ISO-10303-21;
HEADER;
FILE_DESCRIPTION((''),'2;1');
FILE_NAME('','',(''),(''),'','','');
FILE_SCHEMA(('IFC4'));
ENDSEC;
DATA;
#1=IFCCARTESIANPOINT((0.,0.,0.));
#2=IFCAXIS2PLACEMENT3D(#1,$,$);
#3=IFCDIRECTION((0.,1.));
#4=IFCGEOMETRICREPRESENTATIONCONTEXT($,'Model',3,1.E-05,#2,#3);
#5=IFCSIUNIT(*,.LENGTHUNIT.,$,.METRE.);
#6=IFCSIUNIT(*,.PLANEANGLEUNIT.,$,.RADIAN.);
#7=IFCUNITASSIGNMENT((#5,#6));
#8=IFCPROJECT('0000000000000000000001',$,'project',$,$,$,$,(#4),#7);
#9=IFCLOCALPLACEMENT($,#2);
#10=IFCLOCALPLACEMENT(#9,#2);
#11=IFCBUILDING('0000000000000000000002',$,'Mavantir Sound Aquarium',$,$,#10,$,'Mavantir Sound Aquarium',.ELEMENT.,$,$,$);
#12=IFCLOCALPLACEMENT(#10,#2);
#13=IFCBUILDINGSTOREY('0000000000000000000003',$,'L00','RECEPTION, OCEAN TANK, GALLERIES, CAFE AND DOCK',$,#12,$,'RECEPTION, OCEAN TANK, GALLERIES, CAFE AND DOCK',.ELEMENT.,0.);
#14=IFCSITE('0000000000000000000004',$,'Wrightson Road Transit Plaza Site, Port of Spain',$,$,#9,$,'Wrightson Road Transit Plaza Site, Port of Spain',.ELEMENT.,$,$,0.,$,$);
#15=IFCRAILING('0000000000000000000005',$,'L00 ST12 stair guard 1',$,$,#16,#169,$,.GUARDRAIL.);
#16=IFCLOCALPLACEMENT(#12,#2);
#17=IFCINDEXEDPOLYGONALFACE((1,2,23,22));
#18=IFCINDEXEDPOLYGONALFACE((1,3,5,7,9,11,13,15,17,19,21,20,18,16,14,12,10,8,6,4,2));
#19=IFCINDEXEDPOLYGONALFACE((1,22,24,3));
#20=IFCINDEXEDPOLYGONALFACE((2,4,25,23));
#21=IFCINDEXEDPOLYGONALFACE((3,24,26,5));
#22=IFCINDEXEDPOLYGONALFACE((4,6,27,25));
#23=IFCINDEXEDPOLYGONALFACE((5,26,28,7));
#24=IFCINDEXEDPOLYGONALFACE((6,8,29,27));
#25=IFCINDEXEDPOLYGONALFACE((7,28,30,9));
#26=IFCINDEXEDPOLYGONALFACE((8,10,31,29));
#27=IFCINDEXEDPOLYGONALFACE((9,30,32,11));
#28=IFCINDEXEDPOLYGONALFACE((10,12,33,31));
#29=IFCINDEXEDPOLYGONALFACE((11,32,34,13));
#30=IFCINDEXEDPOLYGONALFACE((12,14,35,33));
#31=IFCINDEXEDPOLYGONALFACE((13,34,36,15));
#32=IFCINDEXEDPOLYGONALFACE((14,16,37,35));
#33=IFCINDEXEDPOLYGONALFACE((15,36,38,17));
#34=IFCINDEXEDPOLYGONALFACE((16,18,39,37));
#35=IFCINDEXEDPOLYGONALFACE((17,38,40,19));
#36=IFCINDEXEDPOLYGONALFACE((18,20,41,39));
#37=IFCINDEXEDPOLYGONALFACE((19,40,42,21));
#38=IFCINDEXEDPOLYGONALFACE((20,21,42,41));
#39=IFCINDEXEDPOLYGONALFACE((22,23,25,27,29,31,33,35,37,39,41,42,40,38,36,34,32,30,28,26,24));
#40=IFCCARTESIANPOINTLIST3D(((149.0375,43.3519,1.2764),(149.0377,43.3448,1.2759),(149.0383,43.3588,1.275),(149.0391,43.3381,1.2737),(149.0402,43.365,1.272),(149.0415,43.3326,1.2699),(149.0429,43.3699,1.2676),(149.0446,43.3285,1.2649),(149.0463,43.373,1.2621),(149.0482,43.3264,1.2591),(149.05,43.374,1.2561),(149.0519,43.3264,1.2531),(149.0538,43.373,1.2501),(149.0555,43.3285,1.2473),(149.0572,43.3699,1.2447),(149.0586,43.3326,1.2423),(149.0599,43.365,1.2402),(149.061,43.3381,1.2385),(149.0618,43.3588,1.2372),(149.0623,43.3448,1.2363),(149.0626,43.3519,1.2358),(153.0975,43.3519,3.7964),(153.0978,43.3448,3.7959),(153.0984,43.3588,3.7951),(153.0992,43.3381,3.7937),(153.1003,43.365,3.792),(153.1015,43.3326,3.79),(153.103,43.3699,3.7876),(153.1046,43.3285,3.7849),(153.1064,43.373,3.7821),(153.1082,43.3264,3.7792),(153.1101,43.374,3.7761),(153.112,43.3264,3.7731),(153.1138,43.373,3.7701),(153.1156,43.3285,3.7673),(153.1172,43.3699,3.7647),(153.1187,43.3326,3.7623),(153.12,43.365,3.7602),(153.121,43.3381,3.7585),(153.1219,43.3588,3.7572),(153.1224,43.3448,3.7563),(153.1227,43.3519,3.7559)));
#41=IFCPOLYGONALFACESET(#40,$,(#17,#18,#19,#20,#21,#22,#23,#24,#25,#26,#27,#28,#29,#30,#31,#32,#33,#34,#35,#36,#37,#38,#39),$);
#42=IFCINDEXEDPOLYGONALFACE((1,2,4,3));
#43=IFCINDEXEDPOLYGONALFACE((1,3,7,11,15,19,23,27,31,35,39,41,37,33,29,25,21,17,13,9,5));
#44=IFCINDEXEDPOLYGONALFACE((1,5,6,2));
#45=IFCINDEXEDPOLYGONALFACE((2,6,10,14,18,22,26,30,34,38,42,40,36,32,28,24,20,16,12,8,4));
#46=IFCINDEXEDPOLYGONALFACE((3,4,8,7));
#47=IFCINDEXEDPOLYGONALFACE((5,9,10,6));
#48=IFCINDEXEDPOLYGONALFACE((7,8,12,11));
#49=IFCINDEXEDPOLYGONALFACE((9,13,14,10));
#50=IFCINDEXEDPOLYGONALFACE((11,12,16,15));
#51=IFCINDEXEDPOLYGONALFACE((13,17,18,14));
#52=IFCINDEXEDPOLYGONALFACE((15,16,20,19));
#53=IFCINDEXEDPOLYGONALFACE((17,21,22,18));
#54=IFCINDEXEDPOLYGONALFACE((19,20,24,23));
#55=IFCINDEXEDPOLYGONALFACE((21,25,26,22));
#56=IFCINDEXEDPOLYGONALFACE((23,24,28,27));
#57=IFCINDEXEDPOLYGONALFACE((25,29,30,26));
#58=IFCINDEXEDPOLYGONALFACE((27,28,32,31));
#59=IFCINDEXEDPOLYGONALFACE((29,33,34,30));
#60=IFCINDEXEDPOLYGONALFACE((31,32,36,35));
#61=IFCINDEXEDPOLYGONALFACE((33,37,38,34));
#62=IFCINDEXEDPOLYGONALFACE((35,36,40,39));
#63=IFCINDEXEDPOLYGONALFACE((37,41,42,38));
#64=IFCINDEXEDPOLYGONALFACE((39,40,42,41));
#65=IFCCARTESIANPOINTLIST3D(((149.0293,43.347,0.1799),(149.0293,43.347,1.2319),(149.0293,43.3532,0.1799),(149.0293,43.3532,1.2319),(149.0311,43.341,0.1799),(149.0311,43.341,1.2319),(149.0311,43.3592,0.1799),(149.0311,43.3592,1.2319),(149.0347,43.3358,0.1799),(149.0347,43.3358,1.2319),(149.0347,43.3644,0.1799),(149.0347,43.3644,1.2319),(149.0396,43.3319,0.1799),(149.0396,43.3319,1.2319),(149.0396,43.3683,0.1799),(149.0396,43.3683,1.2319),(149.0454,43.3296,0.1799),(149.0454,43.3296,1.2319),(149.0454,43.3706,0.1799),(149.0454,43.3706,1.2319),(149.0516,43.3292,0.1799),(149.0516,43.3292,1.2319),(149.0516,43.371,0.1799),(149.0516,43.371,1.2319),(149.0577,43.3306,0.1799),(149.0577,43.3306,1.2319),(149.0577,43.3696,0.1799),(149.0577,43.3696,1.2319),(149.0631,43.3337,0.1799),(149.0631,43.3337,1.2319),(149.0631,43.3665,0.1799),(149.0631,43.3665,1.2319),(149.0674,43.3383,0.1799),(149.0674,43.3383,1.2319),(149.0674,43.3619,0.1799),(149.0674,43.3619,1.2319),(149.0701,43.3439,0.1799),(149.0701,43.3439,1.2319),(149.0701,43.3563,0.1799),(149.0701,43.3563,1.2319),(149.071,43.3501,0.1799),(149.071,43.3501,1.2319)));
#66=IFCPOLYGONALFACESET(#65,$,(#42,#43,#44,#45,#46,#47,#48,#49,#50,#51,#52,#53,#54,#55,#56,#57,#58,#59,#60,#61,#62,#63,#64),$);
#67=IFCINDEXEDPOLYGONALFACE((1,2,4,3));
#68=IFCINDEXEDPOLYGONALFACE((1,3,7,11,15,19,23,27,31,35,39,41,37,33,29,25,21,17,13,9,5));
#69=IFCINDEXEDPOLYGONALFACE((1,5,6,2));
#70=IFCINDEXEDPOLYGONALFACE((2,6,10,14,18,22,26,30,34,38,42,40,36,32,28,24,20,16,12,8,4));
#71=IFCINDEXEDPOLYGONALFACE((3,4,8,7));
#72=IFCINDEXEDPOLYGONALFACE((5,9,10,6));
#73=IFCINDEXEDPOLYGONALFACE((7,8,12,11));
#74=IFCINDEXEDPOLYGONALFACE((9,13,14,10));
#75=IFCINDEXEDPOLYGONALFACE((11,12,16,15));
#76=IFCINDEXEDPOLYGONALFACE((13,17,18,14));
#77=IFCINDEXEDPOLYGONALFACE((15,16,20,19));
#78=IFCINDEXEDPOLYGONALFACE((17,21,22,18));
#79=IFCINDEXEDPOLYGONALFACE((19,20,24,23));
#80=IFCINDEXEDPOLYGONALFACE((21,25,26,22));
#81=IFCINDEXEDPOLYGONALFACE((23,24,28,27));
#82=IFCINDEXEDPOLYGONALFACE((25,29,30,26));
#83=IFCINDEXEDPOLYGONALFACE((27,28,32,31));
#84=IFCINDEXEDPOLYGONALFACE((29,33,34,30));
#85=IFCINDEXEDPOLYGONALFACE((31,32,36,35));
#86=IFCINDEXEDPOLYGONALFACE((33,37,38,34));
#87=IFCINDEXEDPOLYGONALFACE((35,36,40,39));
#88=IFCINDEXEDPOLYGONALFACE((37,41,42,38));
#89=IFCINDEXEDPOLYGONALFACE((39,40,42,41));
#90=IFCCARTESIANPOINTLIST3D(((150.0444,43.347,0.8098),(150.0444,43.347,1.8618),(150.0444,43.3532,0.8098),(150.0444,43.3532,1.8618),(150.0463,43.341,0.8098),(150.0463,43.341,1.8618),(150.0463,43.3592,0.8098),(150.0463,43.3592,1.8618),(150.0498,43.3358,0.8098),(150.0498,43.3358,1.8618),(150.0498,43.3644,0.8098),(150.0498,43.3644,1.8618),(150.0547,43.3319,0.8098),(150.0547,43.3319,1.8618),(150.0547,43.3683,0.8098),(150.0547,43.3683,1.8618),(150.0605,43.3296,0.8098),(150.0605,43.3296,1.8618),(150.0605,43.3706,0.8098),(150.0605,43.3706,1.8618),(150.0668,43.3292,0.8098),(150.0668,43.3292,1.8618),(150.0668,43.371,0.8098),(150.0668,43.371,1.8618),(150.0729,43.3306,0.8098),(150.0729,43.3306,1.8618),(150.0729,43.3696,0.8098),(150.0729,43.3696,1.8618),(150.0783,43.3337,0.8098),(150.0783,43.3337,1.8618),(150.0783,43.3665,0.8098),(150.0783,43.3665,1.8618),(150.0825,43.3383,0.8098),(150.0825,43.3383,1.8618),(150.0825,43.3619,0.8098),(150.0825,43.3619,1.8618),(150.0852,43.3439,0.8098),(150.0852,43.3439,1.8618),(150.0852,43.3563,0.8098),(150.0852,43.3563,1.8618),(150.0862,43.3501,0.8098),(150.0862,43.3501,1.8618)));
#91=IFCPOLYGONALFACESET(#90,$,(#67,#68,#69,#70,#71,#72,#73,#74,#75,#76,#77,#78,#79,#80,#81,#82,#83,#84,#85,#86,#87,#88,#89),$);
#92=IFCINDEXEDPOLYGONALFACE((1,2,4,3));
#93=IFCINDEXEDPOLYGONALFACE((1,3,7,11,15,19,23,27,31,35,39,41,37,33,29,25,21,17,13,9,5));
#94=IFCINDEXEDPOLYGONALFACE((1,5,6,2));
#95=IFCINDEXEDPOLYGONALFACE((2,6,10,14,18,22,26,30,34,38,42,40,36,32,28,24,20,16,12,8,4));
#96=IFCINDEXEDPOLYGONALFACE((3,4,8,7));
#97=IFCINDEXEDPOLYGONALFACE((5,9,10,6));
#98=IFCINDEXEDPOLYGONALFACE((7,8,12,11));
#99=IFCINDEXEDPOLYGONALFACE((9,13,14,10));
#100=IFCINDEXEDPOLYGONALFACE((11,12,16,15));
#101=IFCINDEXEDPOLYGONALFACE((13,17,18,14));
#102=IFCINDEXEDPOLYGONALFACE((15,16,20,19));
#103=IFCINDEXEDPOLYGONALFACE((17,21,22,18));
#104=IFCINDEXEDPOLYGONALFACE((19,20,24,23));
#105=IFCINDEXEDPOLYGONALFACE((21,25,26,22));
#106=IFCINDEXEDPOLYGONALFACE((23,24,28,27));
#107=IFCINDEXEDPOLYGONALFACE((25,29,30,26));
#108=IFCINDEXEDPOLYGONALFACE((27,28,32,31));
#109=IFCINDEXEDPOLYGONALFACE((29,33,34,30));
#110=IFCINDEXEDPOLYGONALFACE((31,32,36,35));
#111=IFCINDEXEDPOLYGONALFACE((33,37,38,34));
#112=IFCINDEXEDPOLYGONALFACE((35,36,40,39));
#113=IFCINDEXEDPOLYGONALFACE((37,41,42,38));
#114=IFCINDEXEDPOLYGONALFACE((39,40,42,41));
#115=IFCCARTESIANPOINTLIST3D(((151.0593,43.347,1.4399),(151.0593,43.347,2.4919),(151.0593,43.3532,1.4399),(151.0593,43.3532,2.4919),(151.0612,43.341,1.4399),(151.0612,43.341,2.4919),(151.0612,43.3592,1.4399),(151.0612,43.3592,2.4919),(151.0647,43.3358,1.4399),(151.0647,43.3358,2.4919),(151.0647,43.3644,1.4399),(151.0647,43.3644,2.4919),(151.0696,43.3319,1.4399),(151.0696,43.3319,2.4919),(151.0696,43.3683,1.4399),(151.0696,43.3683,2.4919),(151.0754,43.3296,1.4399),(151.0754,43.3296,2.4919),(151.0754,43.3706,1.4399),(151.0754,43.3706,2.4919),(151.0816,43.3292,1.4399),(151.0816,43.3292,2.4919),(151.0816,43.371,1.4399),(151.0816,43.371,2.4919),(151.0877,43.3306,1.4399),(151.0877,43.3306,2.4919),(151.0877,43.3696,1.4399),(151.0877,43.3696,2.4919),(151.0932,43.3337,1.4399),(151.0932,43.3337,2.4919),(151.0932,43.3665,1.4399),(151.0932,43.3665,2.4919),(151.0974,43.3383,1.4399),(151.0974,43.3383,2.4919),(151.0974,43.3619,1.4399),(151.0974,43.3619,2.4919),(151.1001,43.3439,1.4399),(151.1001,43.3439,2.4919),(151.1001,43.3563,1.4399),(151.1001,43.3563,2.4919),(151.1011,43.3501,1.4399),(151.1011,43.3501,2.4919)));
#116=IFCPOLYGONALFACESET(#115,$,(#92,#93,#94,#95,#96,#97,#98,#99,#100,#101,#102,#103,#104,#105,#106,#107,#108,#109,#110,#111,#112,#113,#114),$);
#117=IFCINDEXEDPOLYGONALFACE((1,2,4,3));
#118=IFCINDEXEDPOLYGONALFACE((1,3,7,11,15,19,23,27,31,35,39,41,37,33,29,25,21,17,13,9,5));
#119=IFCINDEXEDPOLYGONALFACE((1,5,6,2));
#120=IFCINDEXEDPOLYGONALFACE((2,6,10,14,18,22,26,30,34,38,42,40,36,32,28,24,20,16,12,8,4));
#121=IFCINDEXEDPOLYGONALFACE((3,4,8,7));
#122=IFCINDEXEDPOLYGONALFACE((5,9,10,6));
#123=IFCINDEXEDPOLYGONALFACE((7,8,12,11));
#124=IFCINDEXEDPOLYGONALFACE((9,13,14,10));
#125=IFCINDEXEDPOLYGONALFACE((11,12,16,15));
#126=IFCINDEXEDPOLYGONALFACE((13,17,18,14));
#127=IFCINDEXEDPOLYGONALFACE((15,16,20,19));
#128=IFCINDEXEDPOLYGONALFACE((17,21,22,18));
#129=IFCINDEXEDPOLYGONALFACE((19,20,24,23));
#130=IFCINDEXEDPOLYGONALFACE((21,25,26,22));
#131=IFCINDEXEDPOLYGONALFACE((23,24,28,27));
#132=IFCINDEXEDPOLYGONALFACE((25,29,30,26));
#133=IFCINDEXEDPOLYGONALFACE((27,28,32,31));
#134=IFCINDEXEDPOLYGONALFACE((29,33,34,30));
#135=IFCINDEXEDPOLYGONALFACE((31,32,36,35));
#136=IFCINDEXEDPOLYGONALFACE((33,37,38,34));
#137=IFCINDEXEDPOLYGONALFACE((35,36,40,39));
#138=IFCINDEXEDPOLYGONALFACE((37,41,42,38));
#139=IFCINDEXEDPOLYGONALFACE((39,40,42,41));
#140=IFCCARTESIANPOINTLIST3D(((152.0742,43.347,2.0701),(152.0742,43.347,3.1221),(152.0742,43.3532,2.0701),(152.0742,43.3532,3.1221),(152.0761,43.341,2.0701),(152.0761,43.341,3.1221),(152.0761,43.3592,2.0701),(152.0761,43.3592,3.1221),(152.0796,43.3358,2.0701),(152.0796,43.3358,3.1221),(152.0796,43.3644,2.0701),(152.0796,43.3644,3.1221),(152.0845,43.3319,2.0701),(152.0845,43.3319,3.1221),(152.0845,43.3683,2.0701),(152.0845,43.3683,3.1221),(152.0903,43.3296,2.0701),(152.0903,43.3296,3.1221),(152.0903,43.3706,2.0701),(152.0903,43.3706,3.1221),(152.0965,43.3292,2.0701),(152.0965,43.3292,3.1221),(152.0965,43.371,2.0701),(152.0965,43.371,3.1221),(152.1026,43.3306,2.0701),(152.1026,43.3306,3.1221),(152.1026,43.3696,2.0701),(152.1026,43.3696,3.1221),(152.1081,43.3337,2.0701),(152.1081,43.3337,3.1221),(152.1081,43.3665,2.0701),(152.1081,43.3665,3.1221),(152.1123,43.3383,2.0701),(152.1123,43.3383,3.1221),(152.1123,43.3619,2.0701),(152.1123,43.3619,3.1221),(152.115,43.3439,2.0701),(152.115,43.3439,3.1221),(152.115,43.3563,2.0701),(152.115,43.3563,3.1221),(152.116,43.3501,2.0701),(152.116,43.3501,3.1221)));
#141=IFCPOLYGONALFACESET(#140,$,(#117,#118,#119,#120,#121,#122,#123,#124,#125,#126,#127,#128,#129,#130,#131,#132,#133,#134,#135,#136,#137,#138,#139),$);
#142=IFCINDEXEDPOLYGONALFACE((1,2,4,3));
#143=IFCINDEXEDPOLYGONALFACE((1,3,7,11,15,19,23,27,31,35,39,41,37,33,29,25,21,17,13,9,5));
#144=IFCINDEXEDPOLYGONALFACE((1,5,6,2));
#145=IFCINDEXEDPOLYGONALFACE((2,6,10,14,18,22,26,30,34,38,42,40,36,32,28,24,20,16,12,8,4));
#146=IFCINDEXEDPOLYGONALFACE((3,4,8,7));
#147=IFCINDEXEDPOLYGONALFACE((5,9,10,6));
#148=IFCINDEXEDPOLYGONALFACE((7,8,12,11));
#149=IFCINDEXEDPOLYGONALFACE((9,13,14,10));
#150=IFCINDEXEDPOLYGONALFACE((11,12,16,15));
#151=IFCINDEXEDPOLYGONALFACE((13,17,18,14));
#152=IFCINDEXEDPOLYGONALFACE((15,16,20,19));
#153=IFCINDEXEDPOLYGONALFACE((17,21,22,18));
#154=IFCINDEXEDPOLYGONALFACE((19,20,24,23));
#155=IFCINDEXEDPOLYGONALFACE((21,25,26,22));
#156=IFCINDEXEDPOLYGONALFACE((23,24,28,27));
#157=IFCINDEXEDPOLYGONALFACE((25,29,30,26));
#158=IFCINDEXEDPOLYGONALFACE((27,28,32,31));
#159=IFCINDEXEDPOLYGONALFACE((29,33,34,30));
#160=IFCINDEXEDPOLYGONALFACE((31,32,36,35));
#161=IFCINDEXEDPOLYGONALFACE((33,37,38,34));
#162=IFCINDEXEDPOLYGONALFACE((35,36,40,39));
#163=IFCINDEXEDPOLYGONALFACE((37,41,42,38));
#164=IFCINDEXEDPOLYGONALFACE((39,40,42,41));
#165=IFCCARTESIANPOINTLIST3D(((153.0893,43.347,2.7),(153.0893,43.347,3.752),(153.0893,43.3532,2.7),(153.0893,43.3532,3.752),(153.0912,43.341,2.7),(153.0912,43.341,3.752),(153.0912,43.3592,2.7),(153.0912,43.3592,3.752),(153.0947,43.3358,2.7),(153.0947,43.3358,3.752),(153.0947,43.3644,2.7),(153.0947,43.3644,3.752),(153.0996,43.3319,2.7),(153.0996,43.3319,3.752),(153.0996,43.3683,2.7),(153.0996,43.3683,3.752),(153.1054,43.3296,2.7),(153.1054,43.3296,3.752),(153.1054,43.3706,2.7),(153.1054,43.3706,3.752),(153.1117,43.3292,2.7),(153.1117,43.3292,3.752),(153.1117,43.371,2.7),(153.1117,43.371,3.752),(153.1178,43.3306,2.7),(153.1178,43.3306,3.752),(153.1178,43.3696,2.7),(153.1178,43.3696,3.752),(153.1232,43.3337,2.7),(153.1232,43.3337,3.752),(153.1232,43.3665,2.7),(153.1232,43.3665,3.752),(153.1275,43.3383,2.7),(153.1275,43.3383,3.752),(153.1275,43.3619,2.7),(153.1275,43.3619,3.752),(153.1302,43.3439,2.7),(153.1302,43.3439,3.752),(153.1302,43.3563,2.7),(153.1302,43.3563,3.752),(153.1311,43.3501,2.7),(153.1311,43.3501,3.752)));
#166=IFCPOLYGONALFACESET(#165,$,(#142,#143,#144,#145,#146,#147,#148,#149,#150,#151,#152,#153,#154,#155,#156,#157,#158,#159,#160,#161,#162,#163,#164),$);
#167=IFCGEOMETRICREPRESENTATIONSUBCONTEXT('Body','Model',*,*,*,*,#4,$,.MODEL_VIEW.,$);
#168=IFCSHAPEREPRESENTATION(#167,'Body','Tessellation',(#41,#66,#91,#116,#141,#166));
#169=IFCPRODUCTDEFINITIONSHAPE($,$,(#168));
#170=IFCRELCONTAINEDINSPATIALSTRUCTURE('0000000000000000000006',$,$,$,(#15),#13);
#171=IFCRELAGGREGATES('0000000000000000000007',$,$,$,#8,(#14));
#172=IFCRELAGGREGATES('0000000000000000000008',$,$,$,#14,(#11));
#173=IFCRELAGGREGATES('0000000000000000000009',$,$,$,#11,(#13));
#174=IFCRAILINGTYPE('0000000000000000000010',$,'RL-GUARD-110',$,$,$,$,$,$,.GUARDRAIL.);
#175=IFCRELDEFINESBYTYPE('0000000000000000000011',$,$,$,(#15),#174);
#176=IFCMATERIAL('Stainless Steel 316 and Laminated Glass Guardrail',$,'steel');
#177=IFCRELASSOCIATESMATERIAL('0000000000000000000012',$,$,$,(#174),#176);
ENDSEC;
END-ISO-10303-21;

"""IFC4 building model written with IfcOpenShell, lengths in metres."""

from ifc_helpers import new_model, si_unit, direction, frame, origin, origin_2d, place, context, subcontext, project, spatial, circle, extrude, material, type_object, element, save


model = new_model("IFC4")

# Units and contexts
model_context = context("Model", 3, precision=1e-05, world=origin(), true_north=direction((0.0, 1.0)))
body_context = subcontext(model_context, "Body", "Model", "MODEL_VIEW")
ifc_project = project(units=[si_unit("LENGTHUNIT", "METRE"), si_unit("PLANEANGLEUNIT", "RADIAN")], contexts=[model_context])

# Site, building, storey
site_placement = place(None, origin())
site = spatial("IfcSite", under=ifc_project, at=site_placement, Name="Wrightson Road Transit Plaza Site, Port of Spain", LongName="Wrightson Road Transit Plaza Site, Port of Spain", CompositionType="ELEMENT", RefElevation=0.0)
building_placement = place(site_placement, origin())
building = spatial("IfcBuilding", under=site, at=building_placement, Name="Mavantir Sound Aquarium", LongName="Mavantir Sound Aquarium", CompositionType="ELEMENT")
storey_placement = place(building_placement, origin())
storey = spatial("IfcBuildingStorey", under=building, at=storey_placement, Name="L00", Description="RECEPTION, OCEAN TANK, GALLERIES, CAFE AND DOCK", LongName="RECEPTION, OCEAN TANK, GALLERIES, CAFE AND DOCK", CompositionType="ELEMENT", Elevation=0.0)

# Railing
ifc_material_1 = material(Name="Stainless Steel 316 and Laminated Glass Guardrail", Category="steel")
railing_type_1 = type_object("IfcRailingType", Name="RL-GUARD-110", PredefinedType="GUARDRAIL", material=ifc_material_1)
railing_1_placement = place(storey_placement, frame((149.05, 43.3501, 0.1799)))
element("IfcRailing", 1, at=railing_1_placement, inside=storey, type_object=railing_type_1, Name="L00 ST12 stair guard 1", PredefinedType="GUARDRAIL", context=body_context, shape_type="SweptSolid", body=[
    extrude(circle(Radius=0.0239, at=origin_2d()), frame((0.0, 0.0, 1.0762), z_axis=(0.849642, 0.0, 0.52736), x_axis=(0.0, 1.0, 0.0)), (0.0, 0.0, 1.0), 4.7786),
    extrude(circle(Radius=0.021, at=origin_2d()), origin(), (0.0, 0.0, 1.0), 1.052),
    extrude(circle(Radius=0.021, at=origin_2d()), frame((1.0151, 0.0, 0.6299)), (0.0, 0.0, 1.0), 1.052),
    extrude(circle(Radius=0.021, at=origin_2d()), frame((2.03, 0.0, 1.26)), (0.0, 0.0, 1.0), 1.052),
    extrude(circle(Radius=0.021, at=origin_2d()), frame((3.0449, 0.0, 1.8901)), (0.0, 0.0, 1.0), 1.052),
    extrude(circle(Radius=0.021, at=origin_2d()), frame((4.0601, 0.0, 2.52)), (0.0, 0.0, 1.0), 1.052),
])

save(model, "model.ifc")
